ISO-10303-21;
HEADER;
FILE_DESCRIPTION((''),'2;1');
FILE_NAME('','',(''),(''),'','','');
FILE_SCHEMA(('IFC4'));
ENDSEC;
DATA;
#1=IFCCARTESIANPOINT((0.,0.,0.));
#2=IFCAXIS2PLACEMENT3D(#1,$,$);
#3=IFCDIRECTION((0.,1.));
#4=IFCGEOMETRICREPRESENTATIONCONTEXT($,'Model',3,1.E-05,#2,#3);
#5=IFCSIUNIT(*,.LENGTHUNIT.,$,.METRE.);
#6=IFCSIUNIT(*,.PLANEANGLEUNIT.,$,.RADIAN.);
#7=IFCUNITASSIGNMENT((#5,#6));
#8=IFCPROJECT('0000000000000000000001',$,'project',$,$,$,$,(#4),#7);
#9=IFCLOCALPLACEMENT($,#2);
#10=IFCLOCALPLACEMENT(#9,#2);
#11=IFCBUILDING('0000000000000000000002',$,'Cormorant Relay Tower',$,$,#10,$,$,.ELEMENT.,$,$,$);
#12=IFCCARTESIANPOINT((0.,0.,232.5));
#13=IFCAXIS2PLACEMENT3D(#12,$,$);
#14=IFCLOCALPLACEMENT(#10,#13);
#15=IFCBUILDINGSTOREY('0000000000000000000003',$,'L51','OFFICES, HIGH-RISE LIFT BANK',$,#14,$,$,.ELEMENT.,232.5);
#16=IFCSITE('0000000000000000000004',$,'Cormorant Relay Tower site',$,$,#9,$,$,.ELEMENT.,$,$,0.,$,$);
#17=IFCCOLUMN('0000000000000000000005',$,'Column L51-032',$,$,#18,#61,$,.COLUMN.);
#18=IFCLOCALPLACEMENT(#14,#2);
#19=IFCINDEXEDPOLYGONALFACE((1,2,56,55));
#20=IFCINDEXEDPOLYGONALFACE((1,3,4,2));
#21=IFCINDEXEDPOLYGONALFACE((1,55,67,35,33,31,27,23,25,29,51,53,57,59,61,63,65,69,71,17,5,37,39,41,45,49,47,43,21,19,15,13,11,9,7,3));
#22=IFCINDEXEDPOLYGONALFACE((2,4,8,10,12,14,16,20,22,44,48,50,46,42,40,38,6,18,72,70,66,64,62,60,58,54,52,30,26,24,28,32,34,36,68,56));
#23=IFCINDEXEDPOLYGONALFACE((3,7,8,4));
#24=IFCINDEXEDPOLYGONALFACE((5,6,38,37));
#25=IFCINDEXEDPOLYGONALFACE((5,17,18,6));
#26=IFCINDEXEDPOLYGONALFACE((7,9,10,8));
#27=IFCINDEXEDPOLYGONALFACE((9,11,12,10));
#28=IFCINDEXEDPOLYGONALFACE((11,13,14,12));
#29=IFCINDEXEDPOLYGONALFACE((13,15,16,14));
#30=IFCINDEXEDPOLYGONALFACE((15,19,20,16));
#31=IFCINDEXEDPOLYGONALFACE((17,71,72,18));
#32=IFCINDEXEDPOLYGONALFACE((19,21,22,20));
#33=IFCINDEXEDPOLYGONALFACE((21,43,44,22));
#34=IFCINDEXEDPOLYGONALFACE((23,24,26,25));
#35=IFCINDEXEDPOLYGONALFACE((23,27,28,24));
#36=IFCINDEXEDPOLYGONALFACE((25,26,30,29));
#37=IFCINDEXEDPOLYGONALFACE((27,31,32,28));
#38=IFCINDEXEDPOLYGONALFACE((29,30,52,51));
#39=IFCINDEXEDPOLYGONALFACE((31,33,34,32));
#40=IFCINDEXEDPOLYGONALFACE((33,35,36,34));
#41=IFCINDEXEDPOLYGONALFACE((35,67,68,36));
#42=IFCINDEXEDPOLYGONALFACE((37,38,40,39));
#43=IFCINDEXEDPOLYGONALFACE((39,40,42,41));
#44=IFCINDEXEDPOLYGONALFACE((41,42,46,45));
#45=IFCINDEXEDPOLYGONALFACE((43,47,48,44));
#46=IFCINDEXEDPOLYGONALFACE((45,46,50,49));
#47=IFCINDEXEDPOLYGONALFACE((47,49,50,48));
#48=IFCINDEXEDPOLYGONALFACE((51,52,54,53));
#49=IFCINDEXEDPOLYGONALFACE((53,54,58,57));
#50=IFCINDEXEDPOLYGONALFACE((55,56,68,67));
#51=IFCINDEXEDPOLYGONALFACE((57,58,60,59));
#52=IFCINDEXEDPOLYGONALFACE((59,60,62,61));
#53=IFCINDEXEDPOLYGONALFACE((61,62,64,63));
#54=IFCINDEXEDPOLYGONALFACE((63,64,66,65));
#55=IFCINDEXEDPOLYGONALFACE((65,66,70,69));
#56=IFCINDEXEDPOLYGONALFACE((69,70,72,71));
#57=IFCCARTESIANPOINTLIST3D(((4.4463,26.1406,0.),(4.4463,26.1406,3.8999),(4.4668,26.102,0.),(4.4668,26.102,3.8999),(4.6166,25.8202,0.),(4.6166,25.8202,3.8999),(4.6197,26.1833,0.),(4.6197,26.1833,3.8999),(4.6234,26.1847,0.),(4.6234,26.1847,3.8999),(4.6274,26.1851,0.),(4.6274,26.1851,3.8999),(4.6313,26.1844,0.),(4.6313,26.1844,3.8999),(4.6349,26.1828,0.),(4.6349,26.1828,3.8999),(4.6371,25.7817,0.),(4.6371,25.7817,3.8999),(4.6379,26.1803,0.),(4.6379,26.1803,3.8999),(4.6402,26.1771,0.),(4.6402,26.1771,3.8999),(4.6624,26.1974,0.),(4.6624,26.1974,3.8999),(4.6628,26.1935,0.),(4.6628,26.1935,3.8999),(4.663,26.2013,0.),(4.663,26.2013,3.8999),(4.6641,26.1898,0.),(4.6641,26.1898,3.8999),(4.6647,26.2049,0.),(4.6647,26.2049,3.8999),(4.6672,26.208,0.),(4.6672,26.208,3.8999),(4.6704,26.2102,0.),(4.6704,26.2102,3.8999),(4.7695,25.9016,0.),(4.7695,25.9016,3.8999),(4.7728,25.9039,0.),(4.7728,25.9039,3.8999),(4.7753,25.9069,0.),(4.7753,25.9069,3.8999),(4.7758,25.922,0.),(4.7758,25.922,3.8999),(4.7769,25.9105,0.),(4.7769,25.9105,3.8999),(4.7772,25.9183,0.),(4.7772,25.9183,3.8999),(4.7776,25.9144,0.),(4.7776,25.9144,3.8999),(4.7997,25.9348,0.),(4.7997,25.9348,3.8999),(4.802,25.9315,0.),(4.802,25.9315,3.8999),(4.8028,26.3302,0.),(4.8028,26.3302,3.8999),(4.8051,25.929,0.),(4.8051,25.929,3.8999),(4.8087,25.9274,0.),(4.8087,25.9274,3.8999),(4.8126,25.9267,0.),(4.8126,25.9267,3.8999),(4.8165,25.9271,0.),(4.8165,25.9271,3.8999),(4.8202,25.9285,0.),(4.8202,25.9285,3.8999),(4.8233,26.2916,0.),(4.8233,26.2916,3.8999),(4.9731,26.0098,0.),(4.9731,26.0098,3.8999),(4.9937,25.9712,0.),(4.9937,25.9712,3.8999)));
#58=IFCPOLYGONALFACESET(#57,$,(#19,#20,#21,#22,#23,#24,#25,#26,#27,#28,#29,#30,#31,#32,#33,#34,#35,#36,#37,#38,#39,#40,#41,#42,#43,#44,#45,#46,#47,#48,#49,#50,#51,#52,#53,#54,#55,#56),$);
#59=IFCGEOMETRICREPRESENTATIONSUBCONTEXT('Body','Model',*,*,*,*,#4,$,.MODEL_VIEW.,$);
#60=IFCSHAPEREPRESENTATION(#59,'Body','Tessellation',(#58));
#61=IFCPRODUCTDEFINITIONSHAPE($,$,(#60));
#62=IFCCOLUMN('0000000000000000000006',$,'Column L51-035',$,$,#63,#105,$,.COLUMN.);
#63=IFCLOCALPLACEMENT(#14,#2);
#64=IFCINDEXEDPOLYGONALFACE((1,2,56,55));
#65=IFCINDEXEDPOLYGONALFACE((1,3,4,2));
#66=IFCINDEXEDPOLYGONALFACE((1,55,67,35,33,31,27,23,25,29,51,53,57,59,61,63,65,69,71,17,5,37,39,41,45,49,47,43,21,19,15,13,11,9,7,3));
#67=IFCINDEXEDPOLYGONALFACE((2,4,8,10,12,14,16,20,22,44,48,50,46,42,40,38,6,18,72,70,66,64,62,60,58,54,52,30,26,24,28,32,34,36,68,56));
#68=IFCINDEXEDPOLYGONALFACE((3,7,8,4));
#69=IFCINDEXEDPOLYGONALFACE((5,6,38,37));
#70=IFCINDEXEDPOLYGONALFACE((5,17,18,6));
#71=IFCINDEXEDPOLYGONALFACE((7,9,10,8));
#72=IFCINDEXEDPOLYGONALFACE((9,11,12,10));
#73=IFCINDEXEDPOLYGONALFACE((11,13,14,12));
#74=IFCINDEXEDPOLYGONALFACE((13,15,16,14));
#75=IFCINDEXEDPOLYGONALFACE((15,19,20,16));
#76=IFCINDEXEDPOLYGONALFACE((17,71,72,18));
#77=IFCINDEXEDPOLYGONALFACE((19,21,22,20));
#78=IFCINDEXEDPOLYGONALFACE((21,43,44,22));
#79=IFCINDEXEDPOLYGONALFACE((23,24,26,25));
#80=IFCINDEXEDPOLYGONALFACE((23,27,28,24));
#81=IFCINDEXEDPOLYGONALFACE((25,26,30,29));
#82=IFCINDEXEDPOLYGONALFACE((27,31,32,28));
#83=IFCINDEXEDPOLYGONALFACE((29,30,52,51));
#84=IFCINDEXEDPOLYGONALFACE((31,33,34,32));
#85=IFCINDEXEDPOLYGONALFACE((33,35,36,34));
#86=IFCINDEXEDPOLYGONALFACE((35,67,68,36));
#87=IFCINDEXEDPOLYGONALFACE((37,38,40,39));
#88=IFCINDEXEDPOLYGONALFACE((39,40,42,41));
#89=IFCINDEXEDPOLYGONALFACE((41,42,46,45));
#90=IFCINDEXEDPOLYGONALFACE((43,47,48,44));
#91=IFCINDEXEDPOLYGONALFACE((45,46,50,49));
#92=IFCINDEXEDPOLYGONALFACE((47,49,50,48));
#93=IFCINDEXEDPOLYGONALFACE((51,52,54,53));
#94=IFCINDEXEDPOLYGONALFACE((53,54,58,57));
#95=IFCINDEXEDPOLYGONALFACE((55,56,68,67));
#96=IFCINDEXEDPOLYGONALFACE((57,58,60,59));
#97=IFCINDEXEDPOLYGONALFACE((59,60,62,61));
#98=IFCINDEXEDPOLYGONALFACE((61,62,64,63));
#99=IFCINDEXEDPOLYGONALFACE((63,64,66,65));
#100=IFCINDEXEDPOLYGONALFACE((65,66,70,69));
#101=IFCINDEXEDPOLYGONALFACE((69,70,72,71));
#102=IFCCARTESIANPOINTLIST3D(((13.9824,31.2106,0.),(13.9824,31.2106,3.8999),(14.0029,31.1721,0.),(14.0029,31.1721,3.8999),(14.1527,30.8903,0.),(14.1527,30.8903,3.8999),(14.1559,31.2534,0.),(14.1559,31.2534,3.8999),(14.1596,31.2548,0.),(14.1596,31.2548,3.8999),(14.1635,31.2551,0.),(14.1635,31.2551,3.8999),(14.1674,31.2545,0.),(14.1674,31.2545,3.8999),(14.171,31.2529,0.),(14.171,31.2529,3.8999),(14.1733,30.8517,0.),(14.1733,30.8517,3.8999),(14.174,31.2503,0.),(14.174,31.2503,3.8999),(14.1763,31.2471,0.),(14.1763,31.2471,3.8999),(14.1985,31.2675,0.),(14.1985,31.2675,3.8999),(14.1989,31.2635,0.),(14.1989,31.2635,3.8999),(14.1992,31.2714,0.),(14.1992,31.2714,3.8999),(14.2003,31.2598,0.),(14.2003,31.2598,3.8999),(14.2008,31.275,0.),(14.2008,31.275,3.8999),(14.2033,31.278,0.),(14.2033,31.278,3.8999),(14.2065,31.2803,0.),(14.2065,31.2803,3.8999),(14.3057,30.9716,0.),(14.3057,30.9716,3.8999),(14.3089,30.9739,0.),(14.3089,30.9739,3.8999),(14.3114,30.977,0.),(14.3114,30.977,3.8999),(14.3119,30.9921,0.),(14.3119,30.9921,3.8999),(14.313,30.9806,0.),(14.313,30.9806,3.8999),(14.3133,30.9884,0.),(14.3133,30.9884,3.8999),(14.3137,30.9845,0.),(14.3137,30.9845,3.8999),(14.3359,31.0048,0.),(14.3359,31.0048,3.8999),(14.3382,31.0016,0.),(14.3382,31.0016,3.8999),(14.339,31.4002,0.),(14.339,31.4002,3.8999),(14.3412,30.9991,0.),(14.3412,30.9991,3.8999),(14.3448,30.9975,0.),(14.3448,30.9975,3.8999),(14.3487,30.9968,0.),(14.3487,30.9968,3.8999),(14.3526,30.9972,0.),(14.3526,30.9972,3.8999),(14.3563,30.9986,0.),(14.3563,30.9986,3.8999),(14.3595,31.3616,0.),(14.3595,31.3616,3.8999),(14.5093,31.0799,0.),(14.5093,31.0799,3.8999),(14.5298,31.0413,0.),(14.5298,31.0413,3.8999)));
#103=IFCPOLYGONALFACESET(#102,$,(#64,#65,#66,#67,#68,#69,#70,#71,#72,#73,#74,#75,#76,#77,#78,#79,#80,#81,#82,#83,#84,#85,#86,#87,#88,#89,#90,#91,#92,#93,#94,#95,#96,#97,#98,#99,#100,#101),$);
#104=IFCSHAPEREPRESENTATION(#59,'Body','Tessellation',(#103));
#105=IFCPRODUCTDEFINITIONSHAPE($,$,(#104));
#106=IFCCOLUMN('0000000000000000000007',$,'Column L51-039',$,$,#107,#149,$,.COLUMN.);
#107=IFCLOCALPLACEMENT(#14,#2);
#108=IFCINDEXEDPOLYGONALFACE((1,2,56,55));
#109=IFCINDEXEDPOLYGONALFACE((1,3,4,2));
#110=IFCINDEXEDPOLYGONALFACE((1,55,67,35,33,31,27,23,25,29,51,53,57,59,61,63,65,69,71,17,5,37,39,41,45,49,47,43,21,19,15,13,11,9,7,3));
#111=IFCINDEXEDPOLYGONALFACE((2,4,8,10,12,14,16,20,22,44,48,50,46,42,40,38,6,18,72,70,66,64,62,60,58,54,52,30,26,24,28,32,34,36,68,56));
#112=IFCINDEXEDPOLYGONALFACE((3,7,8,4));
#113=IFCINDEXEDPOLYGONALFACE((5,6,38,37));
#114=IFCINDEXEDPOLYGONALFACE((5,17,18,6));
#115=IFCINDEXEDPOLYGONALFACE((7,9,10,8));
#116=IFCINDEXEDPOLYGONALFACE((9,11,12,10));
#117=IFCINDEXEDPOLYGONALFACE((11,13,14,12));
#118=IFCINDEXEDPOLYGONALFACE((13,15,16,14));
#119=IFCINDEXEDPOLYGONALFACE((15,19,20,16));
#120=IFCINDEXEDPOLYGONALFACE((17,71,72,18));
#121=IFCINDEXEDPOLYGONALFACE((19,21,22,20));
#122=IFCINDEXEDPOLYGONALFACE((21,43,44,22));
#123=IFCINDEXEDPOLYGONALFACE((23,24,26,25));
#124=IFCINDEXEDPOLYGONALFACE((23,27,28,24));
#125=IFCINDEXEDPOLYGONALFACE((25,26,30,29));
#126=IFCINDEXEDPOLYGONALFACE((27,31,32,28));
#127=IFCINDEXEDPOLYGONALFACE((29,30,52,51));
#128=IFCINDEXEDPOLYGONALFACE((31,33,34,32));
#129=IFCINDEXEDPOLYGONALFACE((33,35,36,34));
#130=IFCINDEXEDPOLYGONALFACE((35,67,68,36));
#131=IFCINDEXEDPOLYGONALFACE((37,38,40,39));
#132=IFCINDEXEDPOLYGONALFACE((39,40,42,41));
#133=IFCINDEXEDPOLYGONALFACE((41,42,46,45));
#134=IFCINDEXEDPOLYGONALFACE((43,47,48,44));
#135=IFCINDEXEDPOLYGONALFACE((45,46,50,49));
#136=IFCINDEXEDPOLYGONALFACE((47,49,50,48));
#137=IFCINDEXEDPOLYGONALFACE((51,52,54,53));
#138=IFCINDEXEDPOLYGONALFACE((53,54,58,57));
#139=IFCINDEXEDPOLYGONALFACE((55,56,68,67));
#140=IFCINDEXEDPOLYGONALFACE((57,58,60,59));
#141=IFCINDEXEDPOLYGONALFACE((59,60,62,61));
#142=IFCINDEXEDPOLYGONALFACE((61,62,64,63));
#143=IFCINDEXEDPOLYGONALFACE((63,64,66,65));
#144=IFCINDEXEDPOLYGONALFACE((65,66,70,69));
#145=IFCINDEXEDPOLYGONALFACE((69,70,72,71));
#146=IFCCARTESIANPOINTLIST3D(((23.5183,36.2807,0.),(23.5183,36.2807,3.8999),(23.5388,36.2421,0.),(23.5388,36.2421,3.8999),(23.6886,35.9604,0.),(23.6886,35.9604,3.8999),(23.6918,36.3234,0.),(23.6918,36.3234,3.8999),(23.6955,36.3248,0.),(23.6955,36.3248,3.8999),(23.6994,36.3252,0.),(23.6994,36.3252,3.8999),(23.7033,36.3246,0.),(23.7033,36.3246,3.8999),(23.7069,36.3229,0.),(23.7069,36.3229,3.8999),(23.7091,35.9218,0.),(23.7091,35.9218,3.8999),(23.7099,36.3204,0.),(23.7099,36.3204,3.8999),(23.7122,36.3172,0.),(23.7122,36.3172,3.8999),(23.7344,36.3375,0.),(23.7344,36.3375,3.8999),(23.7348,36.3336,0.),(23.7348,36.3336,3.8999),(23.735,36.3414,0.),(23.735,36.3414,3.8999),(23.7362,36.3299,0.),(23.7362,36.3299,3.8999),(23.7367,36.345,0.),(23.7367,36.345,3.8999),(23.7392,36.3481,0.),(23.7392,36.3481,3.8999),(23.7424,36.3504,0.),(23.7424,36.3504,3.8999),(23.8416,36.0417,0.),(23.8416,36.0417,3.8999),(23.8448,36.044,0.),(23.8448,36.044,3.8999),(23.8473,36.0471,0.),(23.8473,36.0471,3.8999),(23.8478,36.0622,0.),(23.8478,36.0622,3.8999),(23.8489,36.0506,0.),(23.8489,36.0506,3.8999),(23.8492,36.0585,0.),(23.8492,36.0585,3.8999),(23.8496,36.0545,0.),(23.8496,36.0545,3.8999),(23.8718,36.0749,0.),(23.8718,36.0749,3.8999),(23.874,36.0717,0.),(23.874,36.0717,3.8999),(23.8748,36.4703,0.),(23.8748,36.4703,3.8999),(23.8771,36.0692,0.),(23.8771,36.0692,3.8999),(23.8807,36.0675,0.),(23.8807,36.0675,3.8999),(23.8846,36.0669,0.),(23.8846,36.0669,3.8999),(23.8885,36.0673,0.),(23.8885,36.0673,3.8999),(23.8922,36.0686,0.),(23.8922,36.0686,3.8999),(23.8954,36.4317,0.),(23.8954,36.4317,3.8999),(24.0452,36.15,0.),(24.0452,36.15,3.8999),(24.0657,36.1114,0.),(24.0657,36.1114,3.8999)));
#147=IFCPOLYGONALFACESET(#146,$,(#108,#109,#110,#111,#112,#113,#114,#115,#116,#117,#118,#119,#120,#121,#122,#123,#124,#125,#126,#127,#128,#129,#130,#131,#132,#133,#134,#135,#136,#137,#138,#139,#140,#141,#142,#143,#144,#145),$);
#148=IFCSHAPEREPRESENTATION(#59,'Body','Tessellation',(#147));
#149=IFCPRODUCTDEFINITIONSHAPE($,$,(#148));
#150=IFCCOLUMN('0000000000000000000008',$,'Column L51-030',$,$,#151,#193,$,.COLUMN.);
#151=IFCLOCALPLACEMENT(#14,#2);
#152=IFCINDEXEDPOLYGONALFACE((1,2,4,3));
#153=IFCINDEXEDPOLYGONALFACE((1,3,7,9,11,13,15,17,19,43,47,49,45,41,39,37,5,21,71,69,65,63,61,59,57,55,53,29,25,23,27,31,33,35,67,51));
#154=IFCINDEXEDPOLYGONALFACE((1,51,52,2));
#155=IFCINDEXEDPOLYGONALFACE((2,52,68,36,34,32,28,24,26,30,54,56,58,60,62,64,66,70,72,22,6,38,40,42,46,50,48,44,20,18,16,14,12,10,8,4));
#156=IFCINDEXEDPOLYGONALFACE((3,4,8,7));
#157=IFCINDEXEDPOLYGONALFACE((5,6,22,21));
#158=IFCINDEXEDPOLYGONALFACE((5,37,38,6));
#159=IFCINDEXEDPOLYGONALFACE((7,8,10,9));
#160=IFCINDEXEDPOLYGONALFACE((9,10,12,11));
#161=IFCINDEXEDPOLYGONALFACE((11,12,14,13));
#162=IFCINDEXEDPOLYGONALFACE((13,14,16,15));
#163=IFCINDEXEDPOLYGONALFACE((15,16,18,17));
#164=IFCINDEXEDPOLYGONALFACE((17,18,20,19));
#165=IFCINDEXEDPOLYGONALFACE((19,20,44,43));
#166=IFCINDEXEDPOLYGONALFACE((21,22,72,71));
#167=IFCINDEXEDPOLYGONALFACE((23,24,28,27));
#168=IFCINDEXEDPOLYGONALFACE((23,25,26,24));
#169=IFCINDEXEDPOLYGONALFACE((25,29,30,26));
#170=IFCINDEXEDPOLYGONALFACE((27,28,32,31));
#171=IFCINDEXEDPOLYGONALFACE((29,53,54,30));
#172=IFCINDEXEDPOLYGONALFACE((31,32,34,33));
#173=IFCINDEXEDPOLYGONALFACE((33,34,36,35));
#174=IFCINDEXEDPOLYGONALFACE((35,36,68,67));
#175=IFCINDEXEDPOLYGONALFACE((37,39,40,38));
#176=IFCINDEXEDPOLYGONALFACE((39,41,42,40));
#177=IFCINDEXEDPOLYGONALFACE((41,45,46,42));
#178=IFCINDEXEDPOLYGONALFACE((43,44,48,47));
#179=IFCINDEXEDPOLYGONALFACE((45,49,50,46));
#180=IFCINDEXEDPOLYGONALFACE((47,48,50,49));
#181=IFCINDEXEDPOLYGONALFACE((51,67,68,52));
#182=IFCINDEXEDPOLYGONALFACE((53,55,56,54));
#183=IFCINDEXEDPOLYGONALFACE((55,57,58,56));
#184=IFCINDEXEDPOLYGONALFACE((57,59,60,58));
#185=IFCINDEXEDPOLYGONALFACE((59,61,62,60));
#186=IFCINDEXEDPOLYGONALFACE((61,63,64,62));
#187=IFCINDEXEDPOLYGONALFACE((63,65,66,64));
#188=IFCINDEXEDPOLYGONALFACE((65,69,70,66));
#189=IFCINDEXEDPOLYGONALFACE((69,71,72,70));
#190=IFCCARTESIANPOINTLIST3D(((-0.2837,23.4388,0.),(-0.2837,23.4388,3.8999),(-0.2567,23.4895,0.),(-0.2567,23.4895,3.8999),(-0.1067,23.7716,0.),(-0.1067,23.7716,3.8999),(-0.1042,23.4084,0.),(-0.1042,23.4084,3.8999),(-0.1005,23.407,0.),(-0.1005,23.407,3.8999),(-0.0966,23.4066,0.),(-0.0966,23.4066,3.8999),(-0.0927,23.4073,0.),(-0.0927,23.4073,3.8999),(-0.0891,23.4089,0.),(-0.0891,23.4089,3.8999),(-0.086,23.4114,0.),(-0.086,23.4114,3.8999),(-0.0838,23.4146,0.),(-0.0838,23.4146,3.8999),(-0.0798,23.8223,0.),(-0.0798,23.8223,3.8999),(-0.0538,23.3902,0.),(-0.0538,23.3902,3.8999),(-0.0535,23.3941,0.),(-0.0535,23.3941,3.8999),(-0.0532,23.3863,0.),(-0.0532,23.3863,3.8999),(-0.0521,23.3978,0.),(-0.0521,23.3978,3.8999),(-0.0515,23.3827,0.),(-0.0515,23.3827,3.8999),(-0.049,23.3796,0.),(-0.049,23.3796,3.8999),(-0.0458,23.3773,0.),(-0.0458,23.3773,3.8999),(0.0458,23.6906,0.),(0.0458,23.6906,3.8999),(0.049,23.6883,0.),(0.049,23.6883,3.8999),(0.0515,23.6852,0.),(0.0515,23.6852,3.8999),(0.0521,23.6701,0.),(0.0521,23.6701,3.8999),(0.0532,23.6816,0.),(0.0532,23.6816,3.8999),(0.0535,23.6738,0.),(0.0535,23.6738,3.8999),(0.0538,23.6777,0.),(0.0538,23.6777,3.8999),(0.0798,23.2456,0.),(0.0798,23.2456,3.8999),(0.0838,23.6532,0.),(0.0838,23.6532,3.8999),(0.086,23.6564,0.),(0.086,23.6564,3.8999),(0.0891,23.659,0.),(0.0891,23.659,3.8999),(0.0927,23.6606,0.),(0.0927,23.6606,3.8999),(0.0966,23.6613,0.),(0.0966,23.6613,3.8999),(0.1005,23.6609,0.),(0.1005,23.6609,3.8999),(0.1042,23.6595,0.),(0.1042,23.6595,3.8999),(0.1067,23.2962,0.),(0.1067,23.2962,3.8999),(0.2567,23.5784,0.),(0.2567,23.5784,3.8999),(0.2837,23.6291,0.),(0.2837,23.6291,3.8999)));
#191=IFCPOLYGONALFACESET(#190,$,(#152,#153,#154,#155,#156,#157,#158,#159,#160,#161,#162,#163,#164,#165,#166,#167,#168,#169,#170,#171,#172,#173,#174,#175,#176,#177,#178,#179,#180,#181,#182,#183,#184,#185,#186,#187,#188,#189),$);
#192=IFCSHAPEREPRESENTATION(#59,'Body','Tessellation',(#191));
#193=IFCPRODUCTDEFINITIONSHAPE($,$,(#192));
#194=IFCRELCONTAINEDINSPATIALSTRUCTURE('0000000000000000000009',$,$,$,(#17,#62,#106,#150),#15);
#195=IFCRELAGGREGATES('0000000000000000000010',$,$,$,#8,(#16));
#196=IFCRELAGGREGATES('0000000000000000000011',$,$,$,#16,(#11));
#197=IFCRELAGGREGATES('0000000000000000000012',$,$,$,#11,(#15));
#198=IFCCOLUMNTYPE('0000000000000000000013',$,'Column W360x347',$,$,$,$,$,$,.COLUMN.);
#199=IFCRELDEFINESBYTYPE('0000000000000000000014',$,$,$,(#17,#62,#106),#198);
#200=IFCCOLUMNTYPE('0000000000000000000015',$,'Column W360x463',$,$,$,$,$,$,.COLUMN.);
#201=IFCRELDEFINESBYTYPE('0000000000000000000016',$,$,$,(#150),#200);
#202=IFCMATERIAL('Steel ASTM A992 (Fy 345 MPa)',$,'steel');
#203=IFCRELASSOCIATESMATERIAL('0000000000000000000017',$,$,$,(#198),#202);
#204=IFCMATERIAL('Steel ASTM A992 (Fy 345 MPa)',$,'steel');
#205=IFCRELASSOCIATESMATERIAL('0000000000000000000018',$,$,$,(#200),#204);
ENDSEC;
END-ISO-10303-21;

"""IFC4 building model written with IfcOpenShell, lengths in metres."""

from ifc_helpers import new_model, si_unit, direction, frame, origin, origin_2d, place, context, subcontext, project, spatial, i_section, extrude, material, material_profile, profile_set, type_object, element, save


model = new_model("IFC4")

# Units and contexts
model_context = context("Model", 3, precision=1e-05, world=origin(), true_north=direction((0.0, 1.0)))
body_context = subcontext(model_context, "Body", "Model", "MODEL_VIEW")
ifc_project = project(units=[si_unit("LENGTHUNIT", "METRE"), si_unit("PLANEANGLEUNIT", "RADIAN")], contexts=[model_context])

# Site, building, storey
site_placement = place(None, origin())
site = spatial("IfcSite", under=ifc_project, at=site_placement, Name="Cormorant Relay Tower site", CompositionType="ELEMENT", RefElevation=0.0)
building_placement = place(site_placement, origin())
building = spatial("IfcBuilding", under=site, at=building_placement, Name="Cormorant Relay Tower", CompositionType="ELEMENT")
storey_placement = place(building_placement, frame((0.0, 0.0, 232.5)))
storey = spatial("IfcBuildingStorey", under=building, at=storey_placement, Name="L51", Description="OFFICES, HIGH-RISE LIFT BANK", CompositionType="ELEMENT", Elevation=232.5)

# Columns
ifc_material_1 = material(Name="Steel ASTM A992 (Fy 345 MPa)", Category="steel")
ifc_material_profile_1 = material_profile(ifc_material_1, i_section(OverallWidth=0.4038, OverallDepth=0.4065, WebThickness=0.0271, FlangeThickness=0.0437, FilletRadius=0.0151, at=origin_2d()), Name="W360x347")
ifc_profile_set_1 = profile_set([ifc_material_profile_1], Name="Steel ASTM A992 (Fy 345 MPa)")
column_type_1 = type_object("IfcColumnType", Name="Column W360x347", PredefinedType="COLUMN", material=ifc_profile_set_1)
for number, where, z_axis, x_axis, name in (
    (1, (4.72, 26.0559, 0.0), (0.0, 0.0, 1.0), (-0.882948, -0.469472, 0.0), "Column L51-032"),
    (2, (14.2561, 31.126, 0.0), (0.0, 0.0, 1.0), (-0.882948, -0.469472, 0.0), "Column L51-035"),
    (3, (23.792, 36.196, 0.0), (0.0, 0.0, 1.0), (-0.882948, -0.469472, 0.0), "Column L51-039"),
):
    element("IfcColumn", number, at=place(storey_placement, frame(where, z_axis=z_axis, x_axis=x_axis)), inside=storey, type_object=column_type_1, Name=name, PredefinedType="COLUMN", context=body_context, shape_type="SweptSolid", body=[
        extrude(i_section(OverallWidth=0.4038, OverallDepth=0.4065, WebThickness=0.0271, FlangeThickness=0.0437, FilletRadius=0.0151, at=origin_2d()), origin(), (0.0, 0.0, 1.0), 3.8999),
    ])
ifc_material_2 = material(Name="Steel ASTM A992 (Fy 345 MPa)", Category="steel")
ifc_material_profile_2 = material_profile(ifc_material_2, i_section(OverallWidth=0.4116, OverallDepth=0.4343, WebThickness=0.0359, FlangeThickness=0.0574, FilletRadius=0.0151, at=origin_2d()), Name="W360x463")
ifc_profile_set_2 = profile_set([ifc_material_profile_2], Name="Steel ASTM A992 (Fy 345 MPa)")
column_type_2 = type_object("IfcColumnType", Name="Column W360x463", PredefinedType="COLUMN", material=ifc_profile_set_2)
column_placement = place(storey_placement, frame((0.0, 23.5339, 0.0), z_axis=(0.0, 0.0, 1.0), x_axis=(-0.882948, 0.469472, 0.0)))
element("IfcColumn", 4, at=column_placement, inside=storey, type_object=column_type_2, Name="Column L51-030", PredefinedType="COLUMN", context=body_context, shape_type="SweptSolid", body=[
    extrude(i_section(OverallWidth=0.4116, OverallDepth=0.4343, WebThickness=0.0359, FlangeThickness=0.0574, FilletRadius=0.0151, at=origin_2d()), origin(), (0.0, 0.0, 1.0), 3.8999),
])

save(model, "model.ifc")
